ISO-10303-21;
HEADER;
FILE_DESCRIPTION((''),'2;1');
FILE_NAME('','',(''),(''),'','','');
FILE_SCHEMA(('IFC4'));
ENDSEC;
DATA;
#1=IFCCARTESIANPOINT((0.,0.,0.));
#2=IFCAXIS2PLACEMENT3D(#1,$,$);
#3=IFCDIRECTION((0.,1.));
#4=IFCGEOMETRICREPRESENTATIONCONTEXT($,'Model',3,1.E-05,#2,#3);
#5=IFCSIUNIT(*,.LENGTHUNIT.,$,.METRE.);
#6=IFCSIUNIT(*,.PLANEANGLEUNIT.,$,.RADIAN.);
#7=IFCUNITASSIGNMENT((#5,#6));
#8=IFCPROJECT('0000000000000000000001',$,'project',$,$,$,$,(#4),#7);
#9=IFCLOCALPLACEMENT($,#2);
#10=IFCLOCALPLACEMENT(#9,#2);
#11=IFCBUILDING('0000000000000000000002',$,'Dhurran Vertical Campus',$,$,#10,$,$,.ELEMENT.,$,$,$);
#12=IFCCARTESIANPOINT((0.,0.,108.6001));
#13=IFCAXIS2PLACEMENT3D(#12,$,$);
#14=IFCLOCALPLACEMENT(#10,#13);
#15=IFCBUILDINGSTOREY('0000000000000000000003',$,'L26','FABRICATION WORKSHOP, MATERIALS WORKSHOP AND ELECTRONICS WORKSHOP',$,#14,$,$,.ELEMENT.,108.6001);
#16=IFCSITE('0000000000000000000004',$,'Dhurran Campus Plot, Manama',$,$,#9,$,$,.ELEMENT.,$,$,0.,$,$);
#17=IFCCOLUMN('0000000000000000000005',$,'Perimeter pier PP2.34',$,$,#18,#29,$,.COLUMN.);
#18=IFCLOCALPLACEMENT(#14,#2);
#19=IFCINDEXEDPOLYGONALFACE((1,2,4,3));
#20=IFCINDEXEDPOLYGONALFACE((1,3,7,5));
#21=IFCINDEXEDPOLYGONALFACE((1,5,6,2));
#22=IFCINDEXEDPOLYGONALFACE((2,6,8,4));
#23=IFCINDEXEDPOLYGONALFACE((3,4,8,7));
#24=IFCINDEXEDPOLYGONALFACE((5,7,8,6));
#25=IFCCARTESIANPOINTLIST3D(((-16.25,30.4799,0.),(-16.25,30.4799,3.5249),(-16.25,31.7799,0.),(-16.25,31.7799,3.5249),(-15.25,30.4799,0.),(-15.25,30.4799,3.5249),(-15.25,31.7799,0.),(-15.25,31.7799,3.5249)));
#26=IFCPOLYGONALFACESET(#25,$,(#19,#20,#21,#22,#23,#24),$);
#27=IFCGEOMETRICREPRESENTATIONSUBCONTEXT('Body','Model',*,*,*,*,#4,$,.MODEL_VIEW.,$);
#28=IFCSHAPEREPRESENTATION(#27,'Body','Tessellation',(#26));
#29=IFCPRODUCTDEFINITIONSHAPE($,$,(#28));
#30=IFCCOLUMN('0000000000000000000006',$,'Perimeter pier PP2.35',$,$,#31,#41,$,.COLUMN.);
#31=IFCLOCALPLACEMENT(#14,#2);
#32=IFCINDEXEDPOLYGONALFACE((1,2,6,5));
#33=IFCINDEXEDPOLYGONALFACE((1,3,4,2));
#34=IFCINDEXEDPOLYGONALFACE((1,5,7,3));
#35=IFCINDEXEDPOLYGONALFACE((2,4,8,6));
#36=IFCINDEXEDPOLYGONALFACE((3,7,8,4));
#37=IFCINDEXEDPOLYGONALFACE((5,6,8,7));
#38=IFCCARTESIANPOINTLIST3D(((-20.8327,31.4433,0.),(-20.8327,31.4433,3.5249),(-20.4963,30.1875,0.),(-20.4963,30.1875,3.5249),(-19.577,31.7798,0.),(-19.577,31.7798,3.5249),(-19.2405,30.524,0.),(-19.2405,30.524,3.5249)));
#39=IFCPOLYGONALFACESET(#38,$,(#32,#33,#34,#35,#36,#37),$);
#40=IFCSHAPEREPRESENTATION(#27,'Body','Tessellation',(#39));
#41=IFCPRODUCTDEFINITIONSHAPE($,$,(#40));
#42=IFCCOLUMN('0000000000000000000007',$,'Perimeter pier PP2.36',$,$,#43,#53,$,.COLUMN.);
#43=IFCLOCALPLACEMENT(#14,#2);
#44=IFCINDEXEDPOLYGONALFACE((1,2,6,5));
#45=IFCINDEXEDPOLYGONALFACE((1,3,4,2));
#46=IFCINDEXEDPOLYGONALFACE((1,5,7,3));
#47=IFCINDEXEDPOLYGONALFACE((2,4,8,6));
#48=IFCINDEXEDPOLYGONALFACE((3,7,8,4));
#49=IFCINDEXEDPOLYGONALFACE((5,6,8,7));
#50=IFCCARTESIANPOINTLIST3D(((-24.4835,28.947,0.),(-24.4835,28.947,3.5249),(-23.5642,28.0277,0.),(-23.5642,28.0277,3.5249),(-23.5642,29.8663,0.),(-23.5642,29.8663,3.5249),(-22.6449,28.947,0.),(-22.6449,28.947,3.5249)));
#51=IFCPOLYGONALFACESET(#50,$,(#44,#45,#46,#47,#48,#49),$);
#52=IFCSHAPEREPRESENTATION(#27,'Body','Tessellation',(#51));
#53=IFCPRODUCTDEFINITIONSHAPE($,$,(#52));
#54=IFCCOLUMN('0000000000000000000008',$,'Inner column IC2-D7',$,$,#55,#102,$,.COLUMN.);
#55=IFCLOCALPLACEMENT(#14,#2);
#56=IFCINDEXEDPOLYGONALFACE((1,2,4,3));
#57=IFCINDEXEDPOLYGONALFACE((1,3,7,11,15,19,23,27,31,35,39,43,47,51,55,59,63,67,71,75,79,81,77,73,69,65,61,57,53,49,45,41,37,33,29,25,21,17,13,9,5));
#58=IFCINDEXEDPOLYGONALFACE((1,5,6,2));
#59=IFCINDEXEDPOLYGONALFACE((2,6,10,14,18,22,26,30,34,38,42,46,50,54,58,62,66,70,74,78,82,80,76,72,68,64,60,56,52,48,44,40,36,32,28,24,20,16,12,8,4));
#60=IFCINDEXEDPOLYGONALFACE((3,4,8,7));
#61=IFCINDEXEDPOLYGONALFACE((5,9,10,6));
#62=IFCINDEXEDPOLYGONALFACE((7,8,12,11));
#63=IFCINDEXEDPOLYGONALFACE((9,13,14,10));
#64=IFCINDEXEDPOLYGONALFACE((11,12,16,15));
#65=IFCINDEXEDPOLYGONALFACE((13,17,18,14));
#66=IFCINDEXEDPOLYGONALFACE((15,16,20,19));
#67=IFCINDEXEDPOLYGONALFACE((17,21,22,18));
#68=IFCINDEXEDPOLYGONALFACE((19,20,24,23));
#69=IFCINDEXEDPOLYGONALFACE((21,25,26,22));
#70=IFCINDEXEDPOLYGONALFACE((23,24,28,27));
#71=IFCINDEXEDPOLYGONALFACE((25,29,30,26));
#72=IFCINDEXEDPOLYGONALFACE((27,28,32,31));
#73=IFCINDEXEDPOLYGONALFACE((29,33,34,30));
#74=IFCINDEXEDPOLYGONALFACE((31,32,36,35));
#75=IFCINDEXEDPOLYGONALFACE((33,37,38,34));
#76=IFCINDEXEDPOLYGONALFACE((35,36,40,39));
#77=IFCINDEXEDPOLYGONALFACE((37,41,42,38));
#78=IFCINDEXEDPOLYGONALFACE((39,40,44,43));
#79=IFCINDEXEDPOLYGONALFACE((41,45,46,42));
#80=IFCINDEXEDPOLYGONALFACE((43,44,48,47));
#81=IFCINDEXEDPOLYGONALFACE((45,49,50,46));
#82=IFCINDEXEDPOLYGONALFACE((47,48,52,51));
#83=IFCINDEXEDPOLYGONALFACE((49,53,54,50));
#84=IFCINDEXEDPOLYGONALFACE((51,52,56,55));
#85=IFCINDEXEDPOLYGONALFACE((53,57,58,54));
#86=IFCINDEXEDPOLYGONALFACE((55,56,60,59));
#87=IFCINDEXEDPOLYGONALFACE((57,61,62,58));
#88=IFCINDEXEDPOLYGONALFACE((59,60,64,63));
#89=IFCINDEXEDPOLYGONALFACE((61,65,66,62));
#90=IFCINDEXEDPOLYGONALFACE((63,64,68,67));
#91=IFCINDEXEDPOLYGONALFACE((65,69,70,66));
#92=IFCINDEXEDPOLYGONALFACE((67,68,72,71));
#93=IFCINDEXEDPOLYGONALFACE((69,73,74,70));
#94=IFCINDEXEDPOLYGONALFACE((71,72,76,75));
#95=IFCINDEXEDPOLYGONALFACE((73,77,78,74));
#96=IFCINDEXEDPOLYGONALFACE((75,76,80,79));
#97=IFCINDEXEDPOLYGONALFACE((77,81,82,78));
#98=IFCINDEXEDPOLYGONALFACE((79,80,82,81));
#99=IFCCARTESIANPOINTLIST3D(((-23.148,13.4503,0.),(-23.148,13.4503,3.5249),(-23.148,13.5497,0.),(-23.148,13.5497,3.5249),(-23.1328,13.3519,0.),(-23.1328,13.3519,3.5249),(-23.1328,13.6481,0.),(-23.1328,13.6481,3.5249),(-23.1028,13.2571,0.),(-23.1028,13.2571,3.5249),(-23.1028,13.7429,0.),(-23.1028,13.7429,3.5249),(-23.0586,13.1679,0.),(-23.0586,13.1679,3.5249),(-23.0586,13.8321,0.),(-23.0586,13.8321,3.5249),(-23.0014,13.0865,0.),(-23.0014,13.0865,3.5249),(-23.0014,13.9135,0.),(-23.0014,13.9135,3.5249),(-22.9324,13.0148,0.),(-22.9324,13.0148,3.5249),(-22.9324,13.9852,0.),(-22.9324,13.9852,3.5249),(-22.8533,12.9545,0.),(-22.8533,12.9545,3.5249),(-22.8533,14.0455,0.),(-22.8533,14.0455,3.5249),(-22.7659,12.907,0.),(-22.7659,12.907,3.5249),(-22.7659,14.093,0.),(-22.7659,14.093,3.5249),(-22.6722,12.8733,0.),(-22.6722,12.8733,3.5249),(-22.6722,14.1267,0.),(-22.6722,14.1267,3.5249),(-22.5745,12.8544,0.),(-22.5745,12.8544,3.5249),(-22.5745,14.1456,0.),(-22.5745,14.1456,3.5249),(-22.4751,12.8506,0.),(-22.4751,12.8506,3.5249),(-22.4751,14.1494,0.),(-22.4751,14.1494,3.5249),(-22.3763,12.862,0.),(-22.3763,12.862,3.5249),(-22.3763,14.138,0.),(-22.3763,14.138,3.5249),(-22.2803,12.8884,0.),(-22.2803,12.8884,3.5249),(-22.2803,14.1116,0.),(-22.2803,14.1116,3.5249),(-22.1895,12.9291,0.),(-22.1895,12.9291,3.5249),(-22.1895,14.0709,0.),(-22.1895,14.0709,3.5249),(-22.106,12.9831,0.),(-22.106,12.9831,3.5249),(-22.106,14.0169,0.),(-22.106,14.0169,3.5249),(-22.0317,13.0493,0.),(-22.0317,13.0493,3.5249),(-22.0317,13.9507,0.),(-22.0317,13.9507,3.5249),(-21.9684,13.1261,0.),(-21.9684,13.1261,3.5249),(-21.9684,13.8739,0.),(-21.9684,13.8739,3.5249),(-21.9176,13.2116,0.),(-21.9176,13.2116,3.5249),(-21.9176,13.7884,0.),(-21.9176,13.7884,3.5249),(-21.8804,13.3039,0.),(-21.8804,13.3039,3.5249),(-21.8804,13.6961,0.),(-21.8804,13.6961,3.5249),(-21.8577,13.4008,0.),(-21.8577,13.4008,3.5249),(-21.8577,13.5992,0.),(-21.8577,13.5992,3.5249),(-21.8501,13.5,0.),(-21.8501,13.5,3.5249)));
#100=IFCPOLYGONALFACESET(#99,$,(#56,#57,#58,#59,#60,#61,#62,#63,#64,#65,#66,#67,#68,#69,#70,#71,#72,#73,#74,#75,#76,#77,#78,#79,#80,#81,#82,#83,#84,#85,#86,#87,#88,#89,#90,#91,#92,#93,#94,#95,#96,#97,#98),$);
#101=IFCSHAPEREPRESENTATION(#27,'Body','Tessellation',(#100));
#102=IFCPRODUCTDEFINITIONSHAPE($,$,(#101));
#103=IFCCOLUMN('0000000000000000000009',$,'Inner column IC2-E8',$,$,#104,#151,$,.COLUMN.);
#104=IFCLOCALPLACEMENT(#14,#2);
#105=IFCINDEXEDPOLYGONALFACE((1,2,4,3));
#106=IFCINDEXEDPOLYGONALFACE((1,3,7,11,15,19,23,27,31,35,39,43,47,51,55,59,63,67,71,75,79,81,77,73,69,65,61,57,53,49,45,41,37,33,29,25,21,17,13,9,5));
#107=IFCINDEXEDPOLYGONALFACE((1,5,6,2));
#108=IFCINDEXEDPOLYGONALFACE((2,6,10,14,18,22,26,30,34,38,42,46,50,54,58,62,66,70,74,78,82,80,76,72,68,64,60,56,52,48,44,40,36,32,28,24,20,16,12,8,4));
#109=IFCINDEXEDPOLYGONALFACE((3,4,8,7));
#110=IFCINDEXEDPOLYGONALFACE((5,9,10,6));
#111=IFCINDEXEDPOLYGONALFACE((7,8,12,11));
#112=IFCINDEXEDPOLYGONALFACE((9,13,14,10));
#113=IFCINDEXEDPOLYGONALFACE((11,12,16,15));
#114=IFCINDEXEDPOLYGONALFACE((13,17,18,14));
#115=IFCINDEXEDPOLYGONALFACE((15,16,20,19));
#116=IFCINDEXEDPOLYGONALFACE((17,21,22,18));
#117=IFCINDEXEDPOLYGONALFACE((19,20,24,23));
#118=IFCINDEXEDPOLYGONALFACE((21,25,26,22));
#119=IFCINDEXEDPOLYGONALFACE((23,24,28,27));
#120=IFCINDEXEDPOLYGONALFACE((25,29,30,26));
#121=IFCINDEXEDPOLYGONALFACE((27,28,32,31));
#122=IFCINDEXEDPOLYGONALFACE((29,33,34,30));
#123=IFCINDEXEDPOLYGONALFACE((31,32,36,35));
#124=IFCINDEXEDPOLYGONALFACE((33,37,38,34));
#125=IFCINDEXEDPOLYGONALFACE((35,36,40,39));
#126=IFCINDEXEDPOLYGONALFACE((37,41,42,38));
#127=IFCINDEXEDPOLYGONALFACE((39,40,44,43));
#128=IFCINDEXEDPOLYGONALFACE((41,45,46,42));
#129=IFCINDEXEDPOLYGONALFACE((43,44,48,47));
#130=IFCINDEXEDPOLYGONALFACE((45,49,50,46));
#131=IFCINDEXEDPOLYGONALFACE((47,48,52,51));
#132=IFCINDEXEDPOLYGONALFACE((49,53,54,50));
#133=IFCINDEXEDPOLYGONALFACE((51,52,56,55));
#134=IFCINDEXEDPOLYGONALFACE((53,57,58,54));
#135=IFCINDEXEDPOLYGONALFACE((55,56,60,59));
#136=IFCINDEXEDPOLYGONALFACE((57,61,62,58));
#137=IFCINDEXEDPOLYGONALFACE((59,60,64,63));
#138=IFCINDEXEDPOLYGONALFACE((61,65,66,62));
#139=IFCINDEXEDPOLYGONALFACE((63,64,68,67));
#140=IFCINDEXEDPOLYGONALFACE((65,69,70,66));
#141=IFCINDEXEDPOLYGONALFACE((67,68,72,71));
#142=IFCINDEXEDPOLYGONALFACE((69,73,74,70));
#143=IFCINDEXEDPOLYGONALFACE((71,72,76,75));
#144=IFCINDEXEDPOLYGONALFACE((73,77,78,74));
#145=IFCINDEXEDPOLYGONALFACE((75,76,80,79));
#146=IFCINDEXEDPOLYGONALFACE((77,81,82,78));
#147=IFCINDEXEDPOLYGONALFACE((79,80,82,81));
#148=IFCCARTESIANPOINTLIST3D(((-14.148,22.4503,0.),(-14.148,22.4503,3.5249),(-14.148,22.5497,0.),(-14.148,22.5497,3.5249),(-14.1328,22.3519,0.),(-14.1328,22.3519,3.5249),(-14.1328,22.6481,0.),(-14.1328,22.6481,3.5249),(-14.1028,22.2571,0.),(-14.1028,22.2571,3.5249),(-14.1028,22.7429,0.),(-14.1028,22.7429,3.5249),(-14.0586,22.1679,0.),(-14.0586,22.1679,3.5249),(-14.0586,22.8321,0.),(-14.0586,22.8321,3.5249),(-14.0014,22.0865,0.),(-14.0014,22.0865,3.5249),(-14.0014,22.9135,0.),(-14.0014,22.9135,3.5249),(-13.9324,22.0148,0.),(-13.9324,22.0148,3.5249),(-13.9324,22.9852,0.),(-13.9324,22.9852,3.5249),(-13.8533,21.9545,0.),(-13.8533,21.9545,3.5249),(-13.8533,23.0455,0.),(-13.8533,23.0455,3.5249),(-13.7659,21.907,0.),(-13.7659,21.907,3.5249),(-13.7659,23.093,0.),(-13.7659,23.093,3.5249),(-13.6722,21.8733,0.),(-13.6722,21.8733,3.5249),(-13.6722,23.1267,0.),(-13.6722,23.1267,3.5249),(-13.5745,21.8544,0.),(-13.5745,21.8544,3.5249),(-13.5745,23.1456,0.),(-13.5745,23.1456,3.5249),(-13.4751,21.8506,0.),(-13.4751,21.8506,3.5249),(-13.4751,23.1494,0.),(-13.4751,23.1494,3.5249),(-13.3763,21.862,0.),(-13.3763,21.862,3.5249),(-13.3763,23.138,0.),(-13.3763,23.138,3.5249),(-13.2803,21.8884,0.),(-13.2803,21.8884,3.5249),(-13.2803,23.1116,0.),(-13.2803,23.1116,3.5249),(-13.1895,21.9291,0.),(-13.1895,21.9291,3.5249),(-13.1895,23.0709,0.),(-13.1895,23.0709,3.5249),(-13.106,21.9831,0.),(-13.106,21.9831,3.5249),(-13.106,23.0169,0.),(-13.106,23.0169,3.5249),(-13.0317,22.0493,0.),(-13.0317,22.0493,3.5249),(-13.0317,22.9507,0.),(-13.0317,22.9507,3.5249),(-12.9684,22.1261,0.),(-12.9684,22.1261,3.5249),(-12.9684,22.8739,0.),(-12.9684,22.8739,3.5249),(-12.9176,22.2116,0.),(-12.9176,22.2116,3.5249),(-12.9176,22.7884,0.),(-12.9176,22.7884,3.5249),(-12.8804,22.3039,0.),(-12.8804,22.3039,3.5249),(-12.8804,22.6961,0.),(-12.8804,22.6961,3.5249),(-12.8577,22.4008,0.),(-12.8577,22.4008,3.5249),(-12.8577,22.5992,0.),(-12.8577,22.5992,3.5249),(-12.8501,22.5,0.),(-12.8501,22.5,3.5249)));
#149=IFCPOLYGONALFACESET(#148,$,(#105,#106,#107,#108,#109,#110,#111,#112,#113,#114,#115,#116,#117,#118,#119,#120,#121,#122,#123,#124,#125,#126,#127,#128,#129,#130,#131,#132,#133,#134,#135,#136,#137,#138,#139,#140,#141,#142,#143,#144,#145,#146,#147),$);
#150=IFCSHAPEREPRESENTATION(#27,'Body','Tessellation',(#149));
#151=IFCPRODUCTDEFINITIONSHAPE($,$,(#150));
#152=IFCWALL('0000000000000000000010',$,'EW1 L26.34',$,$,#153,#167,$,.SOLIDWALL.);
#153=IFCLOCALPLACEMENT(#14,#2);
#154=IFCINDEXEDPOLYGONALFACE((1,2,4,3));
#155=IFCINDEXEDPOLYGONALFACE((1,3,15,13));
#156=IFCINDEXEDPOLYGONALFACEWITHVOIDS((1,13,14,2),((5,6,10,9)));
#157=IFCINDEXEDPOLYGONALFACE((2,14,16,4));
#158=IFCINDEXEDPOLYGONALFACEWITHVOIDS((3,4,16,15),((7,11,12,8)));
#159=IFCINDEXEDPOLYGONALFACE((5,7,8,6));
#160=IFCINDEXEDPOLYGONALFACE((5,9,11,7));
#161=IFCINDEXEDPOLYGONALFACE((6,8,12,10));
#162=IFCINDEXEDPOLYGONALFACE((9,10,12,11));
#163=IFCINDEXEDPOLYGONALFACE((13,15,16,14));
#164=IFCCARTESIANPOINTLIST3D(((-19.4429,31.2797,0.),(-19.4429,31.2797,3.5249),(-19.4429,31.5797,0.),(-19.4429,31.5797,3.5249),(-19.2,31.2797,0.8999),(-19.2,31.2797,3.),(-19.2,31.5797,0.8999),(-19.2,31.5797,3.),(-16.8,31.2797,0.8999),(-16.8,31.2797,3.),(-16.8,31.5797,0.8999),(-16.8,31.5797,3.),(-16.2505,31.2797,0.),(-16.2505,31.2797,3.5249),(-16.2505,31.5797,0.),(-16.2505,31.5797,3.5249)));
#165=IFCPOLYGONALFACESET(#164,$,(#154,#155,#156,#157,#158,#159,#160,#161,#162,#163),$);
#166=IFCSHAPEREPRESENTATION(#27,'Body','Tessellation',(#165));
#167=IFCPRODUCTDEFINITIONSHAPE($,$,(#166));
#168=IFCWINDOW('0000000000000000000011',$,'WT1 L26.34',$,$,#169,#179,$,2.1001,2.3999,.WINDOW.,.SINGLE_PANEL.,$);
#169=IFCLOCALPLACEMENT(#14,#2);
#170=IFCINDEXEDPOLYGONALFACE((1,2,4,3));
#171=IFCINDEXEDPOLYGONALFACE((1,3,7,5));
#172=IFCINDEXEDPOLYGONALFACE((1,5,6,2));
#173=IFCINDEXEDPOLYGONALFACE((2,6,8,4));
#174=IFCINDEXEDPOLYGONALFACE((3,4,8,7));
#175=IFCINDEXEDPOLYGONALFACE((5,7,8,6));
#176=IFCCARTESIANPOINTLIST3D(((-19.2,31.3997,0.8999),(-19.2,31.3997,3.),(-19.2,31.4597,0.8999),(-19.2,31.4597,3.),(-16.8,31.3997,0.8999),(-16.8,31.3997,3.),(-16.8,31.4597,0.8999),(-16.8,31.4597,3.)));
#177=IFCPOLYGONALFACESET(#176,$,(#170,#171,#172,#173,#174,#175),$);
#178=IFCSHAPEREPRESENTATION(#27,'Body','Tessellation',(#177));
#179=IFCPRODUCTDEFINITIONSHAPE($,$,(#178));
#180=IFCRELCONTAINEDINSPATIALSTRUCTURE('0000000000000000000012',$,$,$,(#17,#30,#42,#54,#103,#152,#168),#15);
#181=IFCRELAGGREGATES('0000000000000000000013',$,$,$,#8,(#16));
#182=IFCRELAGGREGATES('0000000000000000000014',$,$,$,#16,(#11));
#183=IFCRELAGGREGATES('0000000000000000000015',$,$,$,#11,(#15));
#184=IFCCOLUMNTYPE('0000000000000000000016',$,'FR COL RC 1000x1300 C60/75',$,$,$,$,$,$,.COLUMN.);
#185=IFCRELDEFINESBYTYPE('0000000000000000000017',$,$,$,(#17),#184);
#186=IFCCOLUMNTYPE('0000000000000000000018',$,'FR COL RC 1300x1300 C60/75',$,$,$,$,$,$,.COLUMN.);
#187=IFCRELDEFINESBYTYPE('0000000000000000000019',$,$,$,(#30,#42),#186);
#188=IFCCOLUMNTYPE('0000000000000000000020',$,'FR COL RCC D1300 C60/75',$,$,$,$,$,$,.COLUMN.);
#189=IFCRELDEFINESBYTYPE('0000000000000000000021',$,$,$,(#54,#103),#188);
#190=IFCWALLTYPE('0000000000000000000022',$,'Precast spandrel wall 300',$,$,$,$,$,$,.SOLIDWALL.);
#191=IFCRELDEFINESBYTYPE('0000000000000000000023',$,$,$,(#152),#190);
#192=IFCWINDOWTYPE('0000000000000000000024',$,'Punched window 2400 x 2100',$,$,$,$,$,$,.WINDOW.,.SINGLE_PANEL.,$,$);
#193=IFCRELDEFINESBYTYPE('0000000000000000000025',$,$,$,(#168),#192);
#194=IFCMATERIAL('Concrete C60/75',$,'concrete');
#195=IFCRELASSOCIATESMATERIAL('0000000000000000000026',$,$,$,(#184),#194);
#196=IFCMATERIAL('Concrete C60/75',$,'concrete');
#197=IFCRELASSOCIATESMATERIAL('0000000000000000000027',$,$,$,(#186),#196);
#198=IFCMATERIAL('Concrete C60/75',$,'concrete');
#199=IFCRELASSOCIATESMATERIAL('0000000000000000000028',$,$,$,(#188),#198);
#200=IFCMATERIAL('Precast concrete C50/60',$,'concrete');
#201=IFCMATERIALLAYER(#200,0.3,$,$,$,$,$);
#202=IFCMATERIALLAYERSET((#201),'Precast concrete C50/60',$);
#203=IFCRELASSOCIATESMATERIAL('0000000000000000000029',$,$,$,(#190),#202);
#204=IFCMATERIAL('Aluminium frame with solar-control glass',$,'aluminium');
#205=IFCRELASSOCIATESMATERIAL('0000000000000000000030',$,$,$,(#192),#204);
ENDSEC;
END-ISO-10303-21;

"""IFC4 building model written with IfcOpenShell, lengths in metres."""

from ifc_helpers import new_model, si_unit, direction, frame, frame_2d, origin, origin_2d, place, context, subcontext, project, spatial, rectangle, circle, extrude, material, layer, layer_set, material_profile, profile_set, type_object, element, fill, save


model = new_model("IFC4")

# Units and contexts
model_context = context("Model", 3, precision=1e-05, world=origin(), true_north=direction((0.0, 1.0)))
body_context = subcontext(model_context, "Body", "Model", "MODEL_VIEW")
ifc_project = project(units=[si_unit("LENGTHUNIT", "METRE"), si_unit("PLANEANGLEUNIT", "RADIAN")], contexts=[model_context])

# Site, building, storey
site_placement = place(None, origin())
site = spatial("IfcSite", under=ifc_project, at=site_placement, Name="Dhurran Campus Plot, Manama", CompositionType="ELEMENT", RefElevation=0.0)
building_placement = place(site_placement, origin())
building = spatial("IfcBuilding", under=site, at=building_placement, Name="Dhurran Vertical Campus", CompositionType="ELEMENT")
storey_placement = place(building_placement, frame((0.0, 0.0, 108.6001)))
storey = spatial("IfcBuildingStorey", under=building, at=storey_placement, Name="L26", Description="FABRICATION WORKSHOP, MATERIALS WORKSHOP AND ELECTRONICS WORKSHOP", CompositionType="ELEMENT", Elevation=108.6001)

# Columns
ifc_material_1 = material(Name="Concrete C60/75", Category="concrete")
ifc_material_profile_1 = material_profile(ifc_material_1, rectangle(XDim=1.0, YDim=1.3, at=origin_2d()), Name="RC 1000x1300")
ifc_profile_set_1 = profile_set([ifc_material_profile_1], Name="Concrete C60/75")
column_type_1 = type_object("IfcColumnType", Name="FR COL RC 1000x1300 C60/75", PredefinedType="COLUMN", material=ifc_profile_set_1)
column_placement = place(storey_placement, frame((-15.75, 31.1299, 0.0), z_axis=(0.0, 0.0, 1.0), x_axis=(-1.0, 0.0, 0.0)))
element("IfcColumn", 1, at=column_placement, inside=storey, type_object=column_type_1, Name="Perimeter pier PP2.34", PredefinedType="COLUMN", context=body_context, shape_type="SweptSolid", body=[
    extrude(rectangle(XDim=1.0, YDim=1.3, at=origin_2d()), origin(), (0.0, 0.0, 1.0), 3.5249),
])
ifc_material_2 = material(Name="Concrete C60/75", Category="concrete")
ifc_material_profile_2 = material_profile(ifc_material_2, rectangle(XDim=1.3, YDim=1.3, at=origin_2d()), Name="RC 1300x1300")
ifc_profile_set_2 = profile_set([ifc_material_profile_2], Name="Concrete C60/75")
column_type_2 = type_object("IfcColumnType", Name="FR COL RC 1300x1300 C60/75", PredefinedType="COLUMN", material=ifc_profile_set_2)
for number, where, z_axis, x_axis, name in (
    (2, (-20.0366, 30.9836, 0.0), (0.0, 0.0, 1.0), (-0.965926, -0.258819, 0.0), "Perimeter pier PP2.35"),
    (3, (-23.5642, 28.947, 0.0), (0.0, 0.0, 1.0), (-0.707107, -0.707107, 0.0), "Perimeter pier PP2.36"),
):
    element("IfcColumn", number, at=place(storey_placement, frame(where, z_axis=z_axis, x_axis=x_axis)), inside=storey, type_object=column_type_2, Name=name, PredefinedType="COLUMN", context=body_context, shape_type="SweptSolid", body=[
        extrude(rectangle(XDim=1.3, YDim=1.3, at=origin_2d()), origin(), (0.0, 0.0, 1.0), 3.5249),
    ])
ifc_material_3 = material(Name="Concrete C60/75", Category="concrete")
ifc_material_profile_3 = material_profile(ifc_material_3, circle(Radius=0.6499, at=origin_2d()), Name="RCC D1300")
ifc_profile_set_3 = profile_set([ifc_material_profile_3], Name="Concrete C60/75")
column_type_3 = type_object("IfcColumnType", Name="FR COL RCC D1300 C60/75", PredefinedType="COLUMN", material=ifc_profile_set_3)
for number, where, z_axis, x_axis, name in (
    (4, (-22.5, 13.5, 0.0), (0.0, 0.0, 1.0), (1.0, 0.0, 0.0), "Inner column IC2-D7"),
    (5, (-13.5, 22.5, 0.0), (0.0, 0.0, 1.0), (1.0, 0.0, 0.0), "Inner column IC2-E8"),
):
    element("IfcColumn", number, at=place(storey_placement, frame(where, z_axis=z_axis, x_axis=x_axis)), inside=storey, type_object=column_type_3, Name=name, PredefinedType="COLUMN", context=body_context, shape_type="SweptSolid", body=[
        extrude(circle(Radius=0.6499, at=origin_2d()), origin(), (0.0, 0.0, 1.0), 3.5249),
    ])

# Wall, opening, window
ifc_material_4 = material(Name="Precast concrete C50/60", Category="concrete")
ifc_layer_1 = layer(ifc_material_4, 0.3)
ifc_layer_set_1 = layer_set([ifc_layer_1], Name="Precast concrete C50/60")
wall_type_1 = type_object("IfcWallType", Name="Precast spandrel wall 300", PredefinedType="SOLIDWALL", material=ifc_layer_set_1)
wall_1_placement = place(storey_placement, frame((-16.2505, 31.4297, 0.0), z_axis=(0.0, 0.0, 1.0), x_axis=(-1.0, 0.0, 0.0)))
wall_1 = element("IfcWall", 6, at=wall_1_placement, inside=storey, type_object=wall_type_1, Name="EW1 L26.34", PredefinedType="SOLIDWALL", context=body_context, shape_type="SweptSolid", body=[
    extrude(rectangle(XDim=3.1924, YDim=0.3, at=frame_2d((1.5962, 0.0))), origin(), (0.0, 0.0, 1.0), 3.5249),
])
opening_1_placement = place(wall_1_placement, frame((0.5496, 0.0, 0.8999)))
opening_1 = element("IfcOpeningElement", 7, at=opening_1_placement, cuts=wall_1, PredefinedType="OPENING", context=body_context, shape_type="SweptSolid", body=[
    extrude(rectangle(XDim=2.3999, YDim=2.1001, at=frame_2d((1.2, 1.05))), frame((0.0, 0.1599, 0.0), z_axis=(0.0, -1.0, 0.0), x_axis=(1.0, 0.0, 0.0)), (0.0, 0.0, 1.0), 0.3201),
])
ifc_material_5 = material(Name="Aluminium frame with solar-control glass", Category="aluminium")
window_type = type_object("IfcWindowType", Name="Punched window 2400 x 2100", PartitioningType="SINGLE_PANEL", PredefinedType="WINDOW", material=ifc_material_5)
window_1_placement = place(opening_1_placement, origin())
window_1 = element("IfcWindow", 8, at=window_1_placement, inside=storey, type_object=window_type, Name="WT1 L26.34", OverallHeight=2.1001, OverallWidth=2.3999, PartitioningType="SINGLE_PANEL", PredefinedType="WINDOW", context=body_context, shape_type="SweptSolid", body=[
    extrude(rectangle(XDim=2.3999, YDim=2.1001, at=frame_2d((1.2, 1.05))), frame((0.0, 0.03, 0.0), z_axis=(0.0, -1.0, 0.0), x_axis=(1.0, 0.0, 0.0)), (0.0, 0.0, 1.0), 0.0601),
])
fill(opening_1, window_1)

save(model, "model.ifc")
